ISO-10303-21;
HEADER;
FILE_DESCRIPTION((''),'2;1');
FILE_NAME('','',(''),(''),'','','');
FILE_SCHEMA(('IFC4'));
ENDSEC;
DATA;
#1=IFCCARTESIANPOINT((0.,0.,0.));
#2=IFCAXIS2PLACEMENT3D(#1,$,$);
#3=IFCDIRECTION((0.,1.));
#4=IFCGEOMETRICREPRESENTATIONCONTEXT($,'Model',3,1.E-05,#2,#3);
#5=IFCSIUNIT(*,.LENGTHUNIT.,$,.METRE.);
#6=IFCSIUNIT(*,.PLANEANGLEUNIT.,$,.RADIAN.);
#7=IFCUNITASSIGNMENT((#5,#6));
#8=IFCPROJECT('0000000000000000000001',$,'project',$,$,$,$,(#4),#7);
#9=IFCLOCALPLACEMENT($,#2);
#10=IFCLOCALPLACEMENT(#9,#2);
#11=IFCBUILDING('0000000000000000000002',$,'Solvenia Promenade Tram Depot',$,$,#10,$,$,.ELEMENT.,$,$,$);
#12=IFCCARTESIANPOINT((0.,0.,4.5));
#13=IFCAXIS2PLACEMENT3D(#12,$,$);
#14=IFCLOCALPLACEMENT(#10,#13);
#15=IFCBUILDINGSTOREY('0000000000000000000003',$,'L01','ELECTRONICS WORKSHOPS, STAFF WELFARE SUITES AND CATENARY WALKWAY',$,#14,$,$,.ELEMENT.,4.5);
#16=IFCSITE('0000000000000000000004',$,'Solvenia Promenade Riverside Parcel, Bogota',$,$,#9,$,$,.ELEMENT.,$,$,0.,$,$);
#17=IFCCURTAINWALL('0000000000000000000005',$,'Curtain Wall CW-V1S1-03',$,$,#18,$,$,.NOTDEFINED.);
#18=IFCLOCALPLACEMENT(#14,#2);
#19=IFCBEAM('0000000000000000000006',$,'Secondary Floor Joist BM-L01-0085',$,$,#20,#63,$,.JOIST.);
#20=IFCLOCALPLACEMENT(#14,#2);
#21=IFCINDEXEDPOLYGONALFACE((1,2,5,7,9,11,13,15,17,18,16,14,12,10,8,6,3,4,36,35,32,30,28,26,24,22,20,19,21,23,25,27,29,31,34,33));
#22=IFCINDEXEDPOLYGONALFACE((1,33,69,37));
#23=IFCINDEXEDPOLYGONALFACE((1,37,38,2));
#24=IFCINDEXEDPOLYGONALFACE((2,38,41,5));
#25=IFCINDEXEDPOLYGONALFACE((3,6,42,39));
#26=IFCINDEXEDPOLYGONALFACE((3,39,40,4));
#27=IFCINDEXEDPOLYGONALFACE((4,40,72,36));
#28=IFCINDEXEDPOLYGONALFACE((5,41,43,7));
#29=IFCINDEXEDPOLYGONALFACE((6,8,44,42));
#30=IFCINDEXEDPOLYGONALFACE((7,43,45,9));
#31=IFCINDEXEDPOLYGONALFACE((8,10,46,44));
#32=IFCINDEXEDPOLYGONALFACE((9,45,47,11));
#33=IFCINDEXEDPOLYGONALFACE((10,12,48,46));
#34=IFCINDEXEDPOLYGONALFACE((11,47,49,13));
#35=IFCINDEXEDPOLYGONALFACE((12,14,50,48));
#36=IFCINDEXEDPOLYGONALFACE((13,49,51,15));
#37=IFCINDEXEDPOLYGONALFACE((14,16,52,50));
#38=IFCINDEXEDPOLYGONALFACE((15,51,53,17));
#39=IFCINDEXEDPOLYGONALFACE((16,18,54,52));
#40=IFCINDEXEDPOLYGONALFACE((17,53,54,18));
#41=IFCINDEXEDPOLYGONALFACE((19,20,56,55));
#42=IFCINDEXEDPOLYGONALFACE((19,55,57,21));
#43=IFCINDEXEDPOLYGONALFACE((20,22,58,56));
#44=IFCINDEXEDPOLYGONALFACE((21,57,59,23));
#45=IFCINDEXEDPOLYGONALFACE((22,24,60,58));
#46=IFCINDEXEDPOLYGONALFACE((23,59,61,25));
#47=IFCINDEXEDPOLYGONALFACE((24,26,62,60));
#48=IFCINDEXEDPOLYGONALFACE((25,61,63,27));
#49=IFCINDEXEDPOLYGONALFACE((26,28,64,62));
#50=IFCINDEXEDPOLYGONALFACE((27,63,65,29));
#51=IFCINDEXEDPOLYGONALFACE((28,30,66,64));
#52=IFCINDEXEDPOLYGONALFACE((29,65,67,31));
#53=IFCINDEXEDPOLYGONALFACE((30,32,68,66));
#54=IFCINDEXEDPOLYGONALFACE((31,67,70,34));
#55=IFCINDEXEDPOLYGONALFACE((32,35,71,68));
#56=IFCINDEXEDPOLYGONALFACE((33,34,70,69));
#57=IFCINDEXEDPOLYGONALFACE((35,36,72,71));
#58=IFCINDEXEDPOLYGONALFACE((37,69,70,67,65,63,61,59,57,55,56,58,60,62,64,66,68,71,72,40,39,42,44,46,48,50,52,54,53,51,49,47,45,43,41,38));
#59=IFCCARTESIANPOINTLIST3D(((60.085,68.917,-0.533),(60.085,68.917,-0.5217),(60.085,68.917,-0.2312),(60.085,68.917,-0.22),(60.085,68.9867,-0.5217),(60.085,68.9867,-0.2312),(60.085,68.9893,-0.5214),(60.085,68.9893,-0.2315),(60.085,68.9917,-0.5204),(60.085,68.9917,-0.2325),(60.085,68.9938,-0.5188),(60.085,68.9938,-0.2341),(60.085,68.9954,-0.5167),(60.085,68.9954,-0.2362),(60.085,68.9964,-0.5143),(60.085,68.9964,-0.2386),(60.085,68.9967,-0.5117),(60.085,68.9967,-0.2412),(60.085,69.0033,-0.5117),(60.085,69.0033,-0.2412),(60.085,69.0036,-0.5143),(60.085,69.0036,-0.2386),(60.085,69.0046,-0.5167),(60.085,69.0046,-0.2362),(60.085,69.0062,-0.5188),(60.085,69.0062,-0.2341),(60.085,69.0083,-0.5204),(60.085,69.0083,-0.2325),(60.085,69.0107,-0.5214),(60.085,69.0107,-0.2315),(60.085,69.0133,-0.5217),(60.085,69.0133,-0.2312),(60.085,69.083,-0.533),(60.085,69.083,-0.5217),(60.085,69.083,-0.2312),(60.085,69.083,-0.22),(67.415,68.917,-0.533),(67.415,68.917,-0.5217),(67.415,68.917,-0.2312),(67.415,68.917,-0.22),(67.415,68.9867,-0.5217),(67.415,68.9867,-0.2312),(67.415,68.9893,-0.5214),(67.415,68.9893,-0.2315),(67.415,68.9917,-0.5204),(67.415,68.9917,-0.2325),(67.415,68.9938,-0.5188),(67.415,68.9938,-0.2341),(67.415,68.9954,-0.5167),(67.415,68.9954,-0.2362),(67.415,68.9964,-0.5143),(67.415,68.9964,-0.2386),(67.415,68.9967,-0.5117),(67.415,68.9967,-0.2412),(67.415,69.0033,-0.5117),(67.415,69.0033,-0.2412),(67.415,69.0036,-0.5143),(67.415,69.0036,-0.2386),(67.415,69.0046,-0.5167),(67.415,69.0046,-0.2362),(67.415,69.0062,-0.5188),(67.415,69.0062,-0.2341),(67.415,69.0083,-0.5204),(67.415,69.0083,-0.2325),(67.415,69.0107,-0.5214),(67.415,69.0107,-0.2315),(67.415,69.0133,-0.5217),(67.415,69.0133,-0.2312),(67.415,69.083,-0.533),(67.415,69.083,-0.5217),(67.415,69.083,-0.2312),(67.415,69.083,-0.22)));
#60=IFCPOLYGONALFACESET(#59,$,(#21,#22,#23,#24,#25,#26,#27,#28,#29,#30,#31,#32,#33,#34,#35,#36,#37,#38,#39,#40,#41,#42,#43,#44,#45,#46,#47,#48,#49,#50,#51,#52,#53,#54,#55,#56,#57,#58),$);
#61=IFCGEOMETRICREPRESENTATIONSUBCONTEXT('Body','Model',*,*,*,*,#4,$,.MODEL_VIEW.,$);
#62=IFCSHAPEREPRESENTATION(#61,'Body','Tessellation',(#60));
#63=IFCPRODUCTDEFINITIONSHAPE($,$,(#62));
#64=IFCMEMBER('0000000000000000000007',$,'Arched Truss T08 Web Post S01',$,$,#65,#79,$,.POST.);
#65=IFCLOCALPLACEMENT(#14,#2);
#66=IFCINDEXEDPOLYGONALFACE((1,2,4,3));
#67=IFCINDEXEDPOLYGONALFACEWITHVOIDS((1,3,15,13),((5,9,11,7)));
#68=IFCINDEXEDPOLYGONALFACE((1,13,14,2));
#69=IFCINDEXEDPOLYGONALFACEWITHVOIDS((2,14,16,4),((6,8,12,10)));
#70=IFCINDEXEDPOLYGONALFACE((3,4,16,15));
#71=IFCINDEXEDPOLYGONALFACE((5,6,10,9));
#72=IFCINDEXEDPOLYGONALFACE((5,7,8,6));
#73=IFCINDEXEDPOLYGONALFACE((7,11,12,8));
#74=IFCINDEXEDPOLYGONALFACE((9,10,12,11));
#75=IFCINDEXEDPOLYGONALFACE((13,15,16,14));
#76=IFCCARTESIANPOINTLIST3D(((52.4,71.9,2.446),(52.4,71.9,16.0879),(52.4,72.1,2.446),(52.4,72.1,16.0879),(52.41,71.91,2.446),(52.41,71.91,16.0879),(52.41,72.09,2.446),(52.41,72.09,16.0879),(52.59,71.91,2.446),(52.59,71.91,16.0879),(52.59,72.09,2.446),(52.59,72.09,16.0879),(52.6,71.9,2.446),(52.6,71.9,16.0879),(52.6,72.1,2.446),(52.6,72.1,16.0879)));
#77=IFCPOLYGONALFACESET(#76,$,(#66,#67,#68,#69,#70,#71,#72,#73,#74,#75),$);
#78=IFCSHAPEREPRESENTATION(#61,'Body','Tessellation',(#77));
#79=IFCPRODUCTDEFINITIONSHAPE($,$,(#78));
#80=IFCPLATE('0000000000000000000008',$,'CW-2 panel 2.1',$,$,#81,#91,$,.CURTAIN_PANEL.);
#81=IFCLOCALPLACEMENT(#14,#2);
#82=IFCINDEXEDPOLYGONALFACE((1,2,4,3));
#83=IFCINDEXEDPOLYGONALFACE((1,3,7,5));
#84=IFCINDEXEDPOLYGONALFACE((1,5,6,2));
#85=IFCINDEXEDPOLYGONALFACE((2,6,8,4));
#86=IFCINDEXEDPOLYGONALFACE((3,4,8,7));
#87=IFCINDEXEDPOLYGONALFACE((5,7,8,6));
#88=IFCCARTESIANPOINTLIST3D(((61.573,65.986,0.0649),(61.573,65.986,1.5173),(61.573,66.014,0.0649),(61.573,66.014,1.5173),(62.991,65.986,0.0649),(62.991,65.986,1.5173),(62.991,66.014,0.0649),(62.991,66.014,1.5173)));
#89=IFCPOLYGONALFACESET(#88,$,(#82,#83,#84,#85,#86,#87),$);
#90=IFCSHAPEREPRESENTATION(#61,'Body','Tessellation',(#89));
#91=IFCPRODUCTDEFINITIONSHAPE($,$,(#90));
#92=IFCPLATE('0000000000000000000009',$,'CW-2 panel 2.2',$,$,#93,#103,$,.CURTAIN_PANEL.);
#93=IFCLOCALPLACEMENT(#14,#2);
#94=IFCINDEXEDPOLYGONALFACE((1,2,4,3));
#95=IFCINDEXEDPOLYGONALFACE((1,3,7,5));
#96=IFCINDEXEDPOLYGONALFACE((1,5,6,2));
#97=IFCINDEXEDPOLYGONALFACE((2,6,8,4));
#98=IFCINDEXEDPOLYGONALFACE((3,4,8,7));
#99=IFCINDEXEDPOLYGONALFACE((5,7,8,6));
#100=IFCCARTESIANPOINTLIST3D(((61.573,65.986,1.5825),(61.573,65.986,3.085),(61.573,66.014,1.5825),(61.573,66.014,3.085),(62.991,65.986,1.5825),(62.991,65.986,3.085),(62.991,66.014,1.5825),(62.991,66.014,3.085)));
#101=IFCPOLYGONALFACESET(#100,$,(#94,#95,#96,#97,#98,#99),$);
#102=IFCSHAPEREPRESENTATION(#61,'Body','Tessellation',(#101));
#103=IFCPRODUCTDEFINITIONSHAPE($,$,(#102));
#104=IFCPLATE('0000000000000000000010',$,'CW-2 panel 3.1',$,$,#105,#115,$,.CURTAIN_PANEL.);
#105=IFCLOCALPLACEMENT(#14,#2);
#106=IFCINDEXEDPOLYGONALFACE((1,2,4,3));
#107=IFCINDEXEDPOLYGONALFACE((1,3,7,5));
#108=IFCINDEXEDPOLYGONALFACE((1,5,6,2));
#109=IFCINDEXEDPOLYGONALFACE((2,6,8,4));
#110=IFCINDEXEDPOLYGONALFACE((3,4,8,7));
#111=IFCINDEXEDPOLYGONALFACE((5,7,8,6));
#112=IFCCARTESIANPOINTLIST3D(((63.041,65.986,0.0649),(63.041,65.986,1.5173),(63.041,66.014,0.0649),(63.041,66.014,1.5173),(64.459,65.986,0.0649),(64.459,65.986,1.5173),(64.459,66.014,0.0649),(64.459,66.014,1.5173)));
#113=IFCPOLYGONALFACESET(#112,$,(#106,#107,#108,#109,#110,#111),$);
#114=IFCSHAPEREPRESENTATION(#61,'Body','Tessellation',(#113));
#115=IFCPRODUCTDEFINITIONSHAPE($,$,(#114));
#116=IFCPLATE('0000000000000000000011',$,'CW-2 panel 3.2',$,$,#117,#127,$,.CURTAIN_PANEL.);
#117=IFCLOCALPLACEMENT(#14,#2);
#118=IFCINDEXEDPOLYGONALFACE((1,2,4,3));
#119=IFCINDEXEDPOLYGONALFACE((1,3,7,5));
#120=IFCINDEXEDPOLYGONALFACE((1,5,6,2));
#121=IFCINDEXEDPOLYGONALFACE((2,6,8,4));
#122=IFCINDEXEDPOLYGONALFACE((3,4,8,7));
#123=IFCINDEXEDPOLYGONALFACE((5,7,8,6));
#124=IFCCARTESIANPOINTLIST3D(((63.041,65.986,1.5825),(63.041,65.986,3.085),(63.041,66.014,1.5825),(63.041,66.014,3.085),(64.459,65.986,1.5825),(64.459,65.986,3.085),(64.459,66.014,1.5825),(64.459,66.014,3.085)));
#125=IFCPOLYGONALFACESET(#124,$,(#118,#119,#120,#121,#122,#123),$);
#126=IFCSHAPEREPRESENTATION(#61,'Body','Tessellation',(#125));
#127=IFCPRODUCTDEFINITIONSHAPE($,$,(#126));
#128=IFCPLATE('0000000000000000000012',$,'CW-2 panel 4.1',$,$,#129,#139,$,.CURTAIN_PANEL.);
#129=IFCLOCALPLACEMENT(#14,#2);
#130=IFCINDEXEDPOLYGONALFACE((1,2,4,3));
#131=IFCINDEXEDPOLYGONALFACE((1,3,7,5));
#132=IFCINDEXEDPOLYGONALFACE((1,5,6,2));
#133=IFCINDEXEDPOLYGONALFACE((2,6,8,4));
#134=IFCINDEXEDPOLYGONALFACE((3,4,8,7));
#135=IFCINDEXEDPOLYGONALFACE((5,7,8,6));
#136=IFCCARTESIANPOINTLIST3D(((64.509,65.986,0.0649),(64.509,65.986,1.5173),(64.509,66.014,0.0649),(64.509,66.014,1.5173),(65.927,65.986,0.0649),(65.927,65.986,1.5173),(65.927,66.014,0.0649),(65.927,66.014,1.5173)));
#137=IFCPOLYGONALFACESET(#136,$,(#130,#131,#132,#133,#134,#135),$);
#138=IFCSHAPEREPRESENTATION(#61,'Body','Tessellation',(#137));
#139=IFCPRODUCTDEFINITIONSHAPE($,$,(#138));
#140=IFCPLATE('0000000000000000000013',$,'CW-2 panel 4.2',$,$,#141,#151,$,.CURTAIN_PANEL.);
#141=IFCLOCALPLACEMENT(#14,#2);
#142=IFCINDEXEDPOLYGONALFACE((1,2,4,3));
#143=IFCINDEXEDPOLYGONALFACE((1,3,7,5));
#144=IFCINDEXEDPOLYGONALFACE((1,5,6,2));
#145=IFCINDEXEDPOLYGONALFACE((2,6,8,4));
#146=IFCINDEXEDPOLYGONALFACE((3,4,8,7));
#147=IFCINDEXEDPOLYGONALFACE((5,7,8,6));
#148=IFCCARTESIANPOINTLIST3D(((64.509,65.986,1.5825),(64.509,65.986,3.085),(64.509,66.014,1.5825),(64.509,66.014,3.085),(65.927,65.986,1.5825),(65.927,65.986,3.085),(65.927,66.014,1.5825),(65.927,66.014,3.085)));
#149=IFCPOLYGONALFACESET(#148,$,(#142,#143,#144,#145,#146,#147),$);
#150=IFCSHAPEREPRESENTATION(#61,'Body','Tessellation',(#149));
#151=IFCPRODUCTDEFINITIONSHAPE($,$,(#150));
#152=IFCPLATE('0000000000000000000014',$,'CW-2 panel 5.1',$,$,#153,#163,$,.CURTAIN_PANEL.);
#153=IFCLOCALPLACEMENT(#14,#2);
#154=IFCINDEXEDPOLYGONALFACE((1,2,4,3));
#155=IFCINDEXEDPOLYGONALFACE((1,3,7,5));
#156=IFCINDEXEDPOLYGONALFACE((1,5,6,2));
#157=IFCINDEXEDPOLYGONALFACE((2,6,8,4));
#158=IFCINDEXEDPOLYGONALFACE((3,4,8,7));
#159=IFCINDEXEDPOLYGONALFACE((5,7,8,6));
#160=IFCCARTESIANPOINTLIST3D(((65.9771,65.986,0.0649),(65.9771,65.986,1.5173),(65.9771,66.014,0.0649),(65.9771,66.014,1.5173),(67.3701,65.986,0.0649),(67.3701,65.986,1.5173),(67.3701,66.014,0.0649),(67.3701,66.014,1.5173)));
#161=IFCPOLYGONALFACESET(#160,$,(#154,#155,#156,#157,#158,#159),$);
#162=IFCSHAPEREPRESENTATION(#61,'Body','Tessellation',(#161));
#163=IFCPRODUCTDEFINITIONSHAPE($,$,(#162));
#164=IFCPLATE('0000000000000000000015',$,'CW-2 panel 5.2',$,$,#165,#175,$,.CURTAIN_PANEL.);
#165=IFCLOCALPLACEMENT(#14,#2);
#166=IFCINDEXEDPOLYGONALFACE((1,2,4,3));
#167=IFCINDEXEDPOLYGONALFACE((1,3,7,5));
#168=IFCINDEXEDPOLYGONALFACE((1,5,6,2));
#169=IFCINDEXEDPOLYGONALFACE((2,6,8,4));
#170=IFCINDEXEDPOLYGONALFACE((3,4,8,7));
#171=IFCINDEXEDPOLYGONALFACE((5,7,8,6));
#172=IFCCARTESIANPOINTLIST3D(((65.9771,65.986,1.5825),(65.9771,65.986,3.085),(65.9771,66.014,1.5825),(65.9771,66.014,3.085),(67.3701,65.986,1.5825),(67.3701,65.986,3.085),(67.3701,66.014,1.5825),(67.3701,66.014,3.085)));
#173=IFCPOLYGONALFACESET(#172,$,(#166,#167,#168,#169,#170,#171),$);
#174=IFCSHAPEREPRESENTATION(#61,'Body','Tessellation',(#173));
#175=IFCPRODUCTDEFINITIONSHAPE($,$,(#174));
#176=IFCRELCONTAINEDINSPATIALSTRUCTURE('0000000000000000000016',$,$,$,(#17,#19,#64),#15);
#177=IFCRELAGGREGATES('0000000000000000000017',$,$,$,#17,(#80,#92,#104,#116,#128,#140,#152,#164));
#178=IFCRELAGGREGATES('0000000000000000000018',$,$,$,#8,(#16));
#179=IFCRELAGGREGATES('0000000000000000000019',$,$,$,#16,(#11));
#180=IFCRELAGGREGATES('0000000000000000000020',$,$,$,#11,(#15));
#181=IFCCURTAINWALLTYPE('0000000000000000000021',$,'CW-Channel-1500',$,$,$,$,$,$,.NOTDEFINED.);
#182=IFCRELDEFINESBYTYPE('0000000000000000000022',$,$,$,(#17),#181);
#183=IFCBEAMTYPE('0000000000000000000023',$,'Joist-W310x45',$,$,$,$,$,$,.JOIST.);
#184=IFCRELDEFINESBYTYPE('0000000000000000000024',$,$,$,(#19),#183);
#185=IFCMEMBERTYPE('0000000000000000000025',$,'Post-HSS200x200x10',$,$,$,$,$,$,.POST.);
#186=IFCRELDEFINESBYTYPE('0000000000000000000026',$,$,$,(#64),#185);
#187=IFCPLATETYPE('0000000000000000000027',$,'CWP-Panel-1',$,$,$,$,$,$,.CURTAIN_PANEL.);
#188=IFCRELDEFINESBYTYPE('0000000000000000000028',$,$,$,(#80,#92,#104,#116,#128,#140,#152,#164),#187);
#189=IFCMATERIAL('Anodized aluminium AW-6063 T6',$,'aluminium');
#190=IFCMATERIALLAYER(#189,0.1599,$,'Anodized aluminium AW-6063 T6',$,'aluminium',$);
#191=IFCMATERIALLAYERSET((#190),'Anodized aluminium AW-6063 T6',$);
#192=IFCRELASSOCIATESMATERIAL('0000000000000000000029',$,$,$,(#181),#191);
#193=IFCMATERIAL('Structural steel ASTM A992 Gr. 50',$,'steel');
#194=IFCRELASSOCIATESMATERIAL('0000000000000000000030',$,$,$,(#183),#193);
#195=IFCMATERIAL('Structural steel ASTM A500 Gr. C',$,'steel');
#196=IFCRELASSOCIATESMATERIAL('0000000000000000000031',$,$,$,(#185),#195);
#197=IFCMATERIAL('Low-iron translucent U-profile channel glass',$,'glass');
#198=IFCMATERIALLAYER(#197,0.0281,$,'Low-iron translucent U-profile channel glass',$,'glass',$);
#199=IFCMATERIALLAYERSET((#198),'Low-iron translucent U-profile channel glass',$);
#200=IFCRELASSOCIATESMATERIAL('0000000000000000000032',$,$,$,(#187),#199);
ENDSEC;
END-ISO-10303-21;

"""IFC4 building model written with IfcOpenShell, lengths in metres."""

from ifc_helpers import new_model, si_unit, direction, frame, origin, origin_2d, place, context, subcontext, project, spatial, rectangle, hollow_rectangle, i_section, extrude, material, layer, layer_set, material_profile, profile_set, type_object, element, aggregate, save


model = new_model("IFC4")

# Units and contexts
model_context = context("Model", 3, precision=1e-05, world=origin(), true_north=direction((0.0, 1.0)))
body_context = subcontext(model_context, "Body", "Model", "MODEL_VIEW")
ifc_project = project(units=[si_unit("LENGTHUNIT", "METRE"), si_unit("PLANEANGLEUNIT", "RADIAN")], contexts=[model_context])

# Site, building, storey
site_placement = place(None, origin())
site = spatial("IfcSite", under=ifc_project, at=site_placement, Name="Solvenia Promenade Riverside Parcel, Bogota", CompositionType="ELEMENT", RefElevation=0.0)
building_placement = place(site_placement, origin())
building = spatial("IfcBuilding", under=site, at=building_placement, Name="Solvenia Promenade Tram Depot", CompositionType="ELEMENT")
storey_placement = place(building_placement, frame((0.0, 0.0, 4.5)))
storey = spatial("IfcBuildingStorey", under=building, at=storey_placement, Name="L01", Description="ELECTRONICS WORKSHOPS, STAFF WELFARE SUITES AND CATENARY WALKWAY", CompositionType="ELEMENT", Elevation=4.5)

# Shared definitions
ifc_material_1 = material(Name="Structural steel ASTM A992 Gr. 50", Category="steel")

# Curtain wall
ifc_material_2 = material(Name="Anodized aluminium AW-6063 T6", Category="aluminium")
ifc_layer_1 = layer(ifc_material_2, 0.1599, Name="Anodized aluminium AW-6063 T6", Category="aluminium")
ifc_layer_set_1 = layer_set([ifc_layer_1], Name="Anodized aluminium AW-6063 T6")
curtain_wall_type = type_object("IfcCurtainWallType", Name="CW-Channel-1500", PredefinedType="NOTDEFINED", material=ifc_layer_set_1)
curtain_wall_placement = place(storey_placement, origin())
curtain_wall = element("IfcCurtainWall", 1, at=curtain_wall_placement, inside=storey, type_object=curtain_wall_type, Name="Curtain Wall CW-V1S1-03", PredefinedType="NOTDEFINED")

# Beam
ifc_material_profile_1 = material_profile(ifc_material_1, i_section(OverallWidth=0.166, OverallDepth=0.313, WebThickness=0.0066, FlangeThickness=0.0112, FilletRadius=0.01, at=origin_2d()), Name="W310x45", Category="steel")
ifc_profile_set_1 = profile_set([ifc_material_profile_1], Name="Structural steel ASTM A992 Gr. 50")
beam_type_1 = type_object("IfcBeamType", Name="Joist-W310x45", PredefinedType="JOIST", material=ifc_profile_set_1)
for number, where, z_axis, x_axis, name in (
    (2, (60.085, 69.0, -0.3765), (1.0, 0.0, 0.0), (0.0, 1.0, 0.0), "Secondary Floor Joist BM-L01-0085"),
):
    element("IfcBeam", number, at=place(storey_placement, frame(where, z_axis=z_axis, x_axis=x_axis)), inside=storey, type_object=beam_type_1, Name=name, PredefinedType="JOIST", context=body_context, shape_type="SweptSolid", body=[
        extrude(i_section(OverallWidth=0.166, OverallDepth=0.313, WebThickness=0.0066, FlangeThickness=0.0112, FilletRadius=0.01, at=origin_2d()), origin(), (0.0, 0.0, 1.0), 7.3301),
    ])

# Member
ifc_material_3 = material(Name="Structural steel ASTM A500 Gr. C", Category="steel")
ifc_material_profile_2 = material_profile(ifc_material_3, hollow_rectangle(XDim=0.2, YDim=0.2, WallThickness=0.01, at=origin_2d()), Name="HSS200x200x10", Category="steel")
ifc_profile_set_2 = profile_set([ifc_material_profile_2], Name="Structural steel ASTM A500 Gr. C")
member_type_1 = type_object("IfcMemberType", Name="Post-HSS200x200x10", PredefinedType="POST", material=ifc_profile_set_2)
member_1_placement = place(storey_placement, frame((52.5, 72.0, 2.446), z_axis=(0.0, 0.0, 1.0), x_axis=(1.0, 0.0, 0.0)))
element("IfcMember", 3, at=member_1_placement, inside=storey, type_object=member_type_1, Name="Arched Truss T08 Web Post S01", PredefinedType="POST", context=body_context, shape_type="SweptSolid", body=[
    extrude(hollow_rectangle(XDim=0.2, YDim=0.2, WallThickness=0.01, at=origin_2d()), origin(), (0.0, 0.0, 1.0), 13.6418),
])

# Plates
ifc_material_4 = material(Name="Low-iron translucent U-profile channel glass", Category="glass")
ifc_layer_2 = layer(ifc_material_4, 0.0281, Name="Low-iron translucent U-profile channel glass", Category="glass")
ifc_layer_set_2 = layer_set([ifc_layer_2], Name="Low-iron translucent U-profile channel glass")
plate_type = type_object("IfcPlateType", Name="CWP-Panel-1", PredefinedType="CURTAIN_PANEL", material=ifc_layer_set_2)
plate_1_placement = place(storey_placement, frame((62.282, 66.0, 0.0649), z_axis=(0.0, 0.0, 1.0), x_axis=(1.0, 0.0, 0.0)))
plate_1 = element("IfcPlate", 4, at=plate_1_placement, type_object=plate_type, Name="CW-2 panel 2.1", PredefinedType="CURTAIN_PANEL", context=body_context, shape_type="SweptSolid", body=[
    extrude(rectangle(XDim=1.418, YDim=0.0281, at=origin_2d()), origin(), (0.0, 0.0, 1.0), 1.4524),
])
plate_2_placement = place(storey_placement, frame((62.282, 66.0, 1.5825), z_axis=(0.0, 0.0, 1.0), x_axis=(1.0, 0.0, 0.0)))
plate_2 = element("IfcPlate", 5, at=plate_2_placement, type_object=plate_type, Name="CW-2 panel 2.2", PredefinedType="CURTAIN_PANEL", context=body_context, shape_type="SweptSolid", body=[
    extrude(rectangle(XDim=1.418, YDim=0.0281, at=origin_2d()), origin(), (0.0, 0.0, 1.0), 1.5024),
])
plate_3_placement = place(storey_placement, frame((63.75, 66.0, 0.0649), z_axis=(0.0, 0.0, 1.0), x_axis=(1.0, 0.0, 0.0)))
plate_3 = element("IfcPlate", 6, at=plate_3_placement, type_object=plate_type, Name="CW-2 panel 3.1", PredefinedType="CURTAIN_PANEL", context=body_context, shape_type="SweptSolid", body=[
    extrude(rectangle(XDim=1.418, YDim=0.0281, at=origin_2d()), origin(), (0.0, 0.0, 1.0), 1.4524),
])
plate_4_placement = place(storey_placement, frame((63.75, 66.0, 1.5825), z_axis=(0.0, 0.0, 1.0), x_axis=(1.0, 0.0, 0.0)))
plate_4 = element("IfcPlate", 7, at=plate_4_placement, type_object=plate_type, Name="CW-2 panel 3.2", PredefinedType="CURTAIN_PANEL", context=body_context, shape_type="SweptSolid", body=[
    extrude(rectangle(XDim=1.418, YDim=0.0281, at=origin_2d()), origin(), (0.0, 0.0, 1.0), 1.5024),
])
plate_5_placement = place(storey_placement, frame((65.218, 66.0, 0.0649), z_axis=(0.0, 0.0, 1.0), x_axis=(1.0, 0.0, 0.0)))
plate_5 = element("IfcPlate", 8, at=plate_5_placement, type_object=plate_type, Name="CW-2 panel 4.1", PredefinedType="CURTAIN_PANEL", context=body_context, shape_type="SweptSolid", body=[
    extrude(rectangle(XDim=1.418, YDim=0.0281, at=origin_2d()), origin(), (0.0, 0.0, 1.0), 1.4524),
])
plate_6_placement = place(storey_placement, frame((65.218, 66.0, 1.5825), z_axis=(0.0, 0.0, 1.0), x_axis=(1.0, 0.0, 0.0)))
plate_6 = element("IfcPlate", 9, at=plate_6_placement, type_object=plate_type, Name="CW-2 panel 4.2", PredefinedType="CURTAIN_PANEL", context=body_context, shape_type="SweptSolid", body=[
    extrude(rectangle(XDim=1.418, YDim=0.0281, at=origin_2d()), origin(), (0.0, 0.0, 1.0), 1.5024),
])
plate_7_placement = place(storey_placement, frame((66.6736, 66.0, 0.0649), z_axis=(0.0, 0.0, 1.0), x_axis=(1.0, 0.0, 0.0)))
plate_7 = element("IfcPlate", 10, at=plate_7_placement, type_object=plate_type, Name="CW-2 panel 5.1", PredefinedType="CURTAIN_PANEL", context=body_context, shape_type="SweptSolid", body=[
    extrude(rectangle(XDim=1.3931, YDim=0.0281, at=origin_2d()), origin(), (0.0, 0.0, 1.0), 1.4524),
])
plate_8_placement = place(storey_placement, frame((66.6736, 66.0, 1.5825), z_axis=(0.0, 0.0, 1.0), x_axis=(1.0, 0.0, 0.0)))
plate_8 = element("IfcPlate", 11, at=plate_8_placement, type_object=plate_type, Name="CW-2 panel 5.2", PredefinedType="CURTAIN_PANEL", context=body_context, shape_type="SweptSolid", body=[
    extrude(rectangle(XDim=1.3931, YDim=0.0281, at=origin_2d()), origin(), (0.0, 0.0, 1.0), 1.5024),
])
aggregate(curtain_wall, [plate_1, plate_2, plate_3, plate_4, plate_5, plate_6, plate_7, plate_8])

save(model, "model.ifc")
